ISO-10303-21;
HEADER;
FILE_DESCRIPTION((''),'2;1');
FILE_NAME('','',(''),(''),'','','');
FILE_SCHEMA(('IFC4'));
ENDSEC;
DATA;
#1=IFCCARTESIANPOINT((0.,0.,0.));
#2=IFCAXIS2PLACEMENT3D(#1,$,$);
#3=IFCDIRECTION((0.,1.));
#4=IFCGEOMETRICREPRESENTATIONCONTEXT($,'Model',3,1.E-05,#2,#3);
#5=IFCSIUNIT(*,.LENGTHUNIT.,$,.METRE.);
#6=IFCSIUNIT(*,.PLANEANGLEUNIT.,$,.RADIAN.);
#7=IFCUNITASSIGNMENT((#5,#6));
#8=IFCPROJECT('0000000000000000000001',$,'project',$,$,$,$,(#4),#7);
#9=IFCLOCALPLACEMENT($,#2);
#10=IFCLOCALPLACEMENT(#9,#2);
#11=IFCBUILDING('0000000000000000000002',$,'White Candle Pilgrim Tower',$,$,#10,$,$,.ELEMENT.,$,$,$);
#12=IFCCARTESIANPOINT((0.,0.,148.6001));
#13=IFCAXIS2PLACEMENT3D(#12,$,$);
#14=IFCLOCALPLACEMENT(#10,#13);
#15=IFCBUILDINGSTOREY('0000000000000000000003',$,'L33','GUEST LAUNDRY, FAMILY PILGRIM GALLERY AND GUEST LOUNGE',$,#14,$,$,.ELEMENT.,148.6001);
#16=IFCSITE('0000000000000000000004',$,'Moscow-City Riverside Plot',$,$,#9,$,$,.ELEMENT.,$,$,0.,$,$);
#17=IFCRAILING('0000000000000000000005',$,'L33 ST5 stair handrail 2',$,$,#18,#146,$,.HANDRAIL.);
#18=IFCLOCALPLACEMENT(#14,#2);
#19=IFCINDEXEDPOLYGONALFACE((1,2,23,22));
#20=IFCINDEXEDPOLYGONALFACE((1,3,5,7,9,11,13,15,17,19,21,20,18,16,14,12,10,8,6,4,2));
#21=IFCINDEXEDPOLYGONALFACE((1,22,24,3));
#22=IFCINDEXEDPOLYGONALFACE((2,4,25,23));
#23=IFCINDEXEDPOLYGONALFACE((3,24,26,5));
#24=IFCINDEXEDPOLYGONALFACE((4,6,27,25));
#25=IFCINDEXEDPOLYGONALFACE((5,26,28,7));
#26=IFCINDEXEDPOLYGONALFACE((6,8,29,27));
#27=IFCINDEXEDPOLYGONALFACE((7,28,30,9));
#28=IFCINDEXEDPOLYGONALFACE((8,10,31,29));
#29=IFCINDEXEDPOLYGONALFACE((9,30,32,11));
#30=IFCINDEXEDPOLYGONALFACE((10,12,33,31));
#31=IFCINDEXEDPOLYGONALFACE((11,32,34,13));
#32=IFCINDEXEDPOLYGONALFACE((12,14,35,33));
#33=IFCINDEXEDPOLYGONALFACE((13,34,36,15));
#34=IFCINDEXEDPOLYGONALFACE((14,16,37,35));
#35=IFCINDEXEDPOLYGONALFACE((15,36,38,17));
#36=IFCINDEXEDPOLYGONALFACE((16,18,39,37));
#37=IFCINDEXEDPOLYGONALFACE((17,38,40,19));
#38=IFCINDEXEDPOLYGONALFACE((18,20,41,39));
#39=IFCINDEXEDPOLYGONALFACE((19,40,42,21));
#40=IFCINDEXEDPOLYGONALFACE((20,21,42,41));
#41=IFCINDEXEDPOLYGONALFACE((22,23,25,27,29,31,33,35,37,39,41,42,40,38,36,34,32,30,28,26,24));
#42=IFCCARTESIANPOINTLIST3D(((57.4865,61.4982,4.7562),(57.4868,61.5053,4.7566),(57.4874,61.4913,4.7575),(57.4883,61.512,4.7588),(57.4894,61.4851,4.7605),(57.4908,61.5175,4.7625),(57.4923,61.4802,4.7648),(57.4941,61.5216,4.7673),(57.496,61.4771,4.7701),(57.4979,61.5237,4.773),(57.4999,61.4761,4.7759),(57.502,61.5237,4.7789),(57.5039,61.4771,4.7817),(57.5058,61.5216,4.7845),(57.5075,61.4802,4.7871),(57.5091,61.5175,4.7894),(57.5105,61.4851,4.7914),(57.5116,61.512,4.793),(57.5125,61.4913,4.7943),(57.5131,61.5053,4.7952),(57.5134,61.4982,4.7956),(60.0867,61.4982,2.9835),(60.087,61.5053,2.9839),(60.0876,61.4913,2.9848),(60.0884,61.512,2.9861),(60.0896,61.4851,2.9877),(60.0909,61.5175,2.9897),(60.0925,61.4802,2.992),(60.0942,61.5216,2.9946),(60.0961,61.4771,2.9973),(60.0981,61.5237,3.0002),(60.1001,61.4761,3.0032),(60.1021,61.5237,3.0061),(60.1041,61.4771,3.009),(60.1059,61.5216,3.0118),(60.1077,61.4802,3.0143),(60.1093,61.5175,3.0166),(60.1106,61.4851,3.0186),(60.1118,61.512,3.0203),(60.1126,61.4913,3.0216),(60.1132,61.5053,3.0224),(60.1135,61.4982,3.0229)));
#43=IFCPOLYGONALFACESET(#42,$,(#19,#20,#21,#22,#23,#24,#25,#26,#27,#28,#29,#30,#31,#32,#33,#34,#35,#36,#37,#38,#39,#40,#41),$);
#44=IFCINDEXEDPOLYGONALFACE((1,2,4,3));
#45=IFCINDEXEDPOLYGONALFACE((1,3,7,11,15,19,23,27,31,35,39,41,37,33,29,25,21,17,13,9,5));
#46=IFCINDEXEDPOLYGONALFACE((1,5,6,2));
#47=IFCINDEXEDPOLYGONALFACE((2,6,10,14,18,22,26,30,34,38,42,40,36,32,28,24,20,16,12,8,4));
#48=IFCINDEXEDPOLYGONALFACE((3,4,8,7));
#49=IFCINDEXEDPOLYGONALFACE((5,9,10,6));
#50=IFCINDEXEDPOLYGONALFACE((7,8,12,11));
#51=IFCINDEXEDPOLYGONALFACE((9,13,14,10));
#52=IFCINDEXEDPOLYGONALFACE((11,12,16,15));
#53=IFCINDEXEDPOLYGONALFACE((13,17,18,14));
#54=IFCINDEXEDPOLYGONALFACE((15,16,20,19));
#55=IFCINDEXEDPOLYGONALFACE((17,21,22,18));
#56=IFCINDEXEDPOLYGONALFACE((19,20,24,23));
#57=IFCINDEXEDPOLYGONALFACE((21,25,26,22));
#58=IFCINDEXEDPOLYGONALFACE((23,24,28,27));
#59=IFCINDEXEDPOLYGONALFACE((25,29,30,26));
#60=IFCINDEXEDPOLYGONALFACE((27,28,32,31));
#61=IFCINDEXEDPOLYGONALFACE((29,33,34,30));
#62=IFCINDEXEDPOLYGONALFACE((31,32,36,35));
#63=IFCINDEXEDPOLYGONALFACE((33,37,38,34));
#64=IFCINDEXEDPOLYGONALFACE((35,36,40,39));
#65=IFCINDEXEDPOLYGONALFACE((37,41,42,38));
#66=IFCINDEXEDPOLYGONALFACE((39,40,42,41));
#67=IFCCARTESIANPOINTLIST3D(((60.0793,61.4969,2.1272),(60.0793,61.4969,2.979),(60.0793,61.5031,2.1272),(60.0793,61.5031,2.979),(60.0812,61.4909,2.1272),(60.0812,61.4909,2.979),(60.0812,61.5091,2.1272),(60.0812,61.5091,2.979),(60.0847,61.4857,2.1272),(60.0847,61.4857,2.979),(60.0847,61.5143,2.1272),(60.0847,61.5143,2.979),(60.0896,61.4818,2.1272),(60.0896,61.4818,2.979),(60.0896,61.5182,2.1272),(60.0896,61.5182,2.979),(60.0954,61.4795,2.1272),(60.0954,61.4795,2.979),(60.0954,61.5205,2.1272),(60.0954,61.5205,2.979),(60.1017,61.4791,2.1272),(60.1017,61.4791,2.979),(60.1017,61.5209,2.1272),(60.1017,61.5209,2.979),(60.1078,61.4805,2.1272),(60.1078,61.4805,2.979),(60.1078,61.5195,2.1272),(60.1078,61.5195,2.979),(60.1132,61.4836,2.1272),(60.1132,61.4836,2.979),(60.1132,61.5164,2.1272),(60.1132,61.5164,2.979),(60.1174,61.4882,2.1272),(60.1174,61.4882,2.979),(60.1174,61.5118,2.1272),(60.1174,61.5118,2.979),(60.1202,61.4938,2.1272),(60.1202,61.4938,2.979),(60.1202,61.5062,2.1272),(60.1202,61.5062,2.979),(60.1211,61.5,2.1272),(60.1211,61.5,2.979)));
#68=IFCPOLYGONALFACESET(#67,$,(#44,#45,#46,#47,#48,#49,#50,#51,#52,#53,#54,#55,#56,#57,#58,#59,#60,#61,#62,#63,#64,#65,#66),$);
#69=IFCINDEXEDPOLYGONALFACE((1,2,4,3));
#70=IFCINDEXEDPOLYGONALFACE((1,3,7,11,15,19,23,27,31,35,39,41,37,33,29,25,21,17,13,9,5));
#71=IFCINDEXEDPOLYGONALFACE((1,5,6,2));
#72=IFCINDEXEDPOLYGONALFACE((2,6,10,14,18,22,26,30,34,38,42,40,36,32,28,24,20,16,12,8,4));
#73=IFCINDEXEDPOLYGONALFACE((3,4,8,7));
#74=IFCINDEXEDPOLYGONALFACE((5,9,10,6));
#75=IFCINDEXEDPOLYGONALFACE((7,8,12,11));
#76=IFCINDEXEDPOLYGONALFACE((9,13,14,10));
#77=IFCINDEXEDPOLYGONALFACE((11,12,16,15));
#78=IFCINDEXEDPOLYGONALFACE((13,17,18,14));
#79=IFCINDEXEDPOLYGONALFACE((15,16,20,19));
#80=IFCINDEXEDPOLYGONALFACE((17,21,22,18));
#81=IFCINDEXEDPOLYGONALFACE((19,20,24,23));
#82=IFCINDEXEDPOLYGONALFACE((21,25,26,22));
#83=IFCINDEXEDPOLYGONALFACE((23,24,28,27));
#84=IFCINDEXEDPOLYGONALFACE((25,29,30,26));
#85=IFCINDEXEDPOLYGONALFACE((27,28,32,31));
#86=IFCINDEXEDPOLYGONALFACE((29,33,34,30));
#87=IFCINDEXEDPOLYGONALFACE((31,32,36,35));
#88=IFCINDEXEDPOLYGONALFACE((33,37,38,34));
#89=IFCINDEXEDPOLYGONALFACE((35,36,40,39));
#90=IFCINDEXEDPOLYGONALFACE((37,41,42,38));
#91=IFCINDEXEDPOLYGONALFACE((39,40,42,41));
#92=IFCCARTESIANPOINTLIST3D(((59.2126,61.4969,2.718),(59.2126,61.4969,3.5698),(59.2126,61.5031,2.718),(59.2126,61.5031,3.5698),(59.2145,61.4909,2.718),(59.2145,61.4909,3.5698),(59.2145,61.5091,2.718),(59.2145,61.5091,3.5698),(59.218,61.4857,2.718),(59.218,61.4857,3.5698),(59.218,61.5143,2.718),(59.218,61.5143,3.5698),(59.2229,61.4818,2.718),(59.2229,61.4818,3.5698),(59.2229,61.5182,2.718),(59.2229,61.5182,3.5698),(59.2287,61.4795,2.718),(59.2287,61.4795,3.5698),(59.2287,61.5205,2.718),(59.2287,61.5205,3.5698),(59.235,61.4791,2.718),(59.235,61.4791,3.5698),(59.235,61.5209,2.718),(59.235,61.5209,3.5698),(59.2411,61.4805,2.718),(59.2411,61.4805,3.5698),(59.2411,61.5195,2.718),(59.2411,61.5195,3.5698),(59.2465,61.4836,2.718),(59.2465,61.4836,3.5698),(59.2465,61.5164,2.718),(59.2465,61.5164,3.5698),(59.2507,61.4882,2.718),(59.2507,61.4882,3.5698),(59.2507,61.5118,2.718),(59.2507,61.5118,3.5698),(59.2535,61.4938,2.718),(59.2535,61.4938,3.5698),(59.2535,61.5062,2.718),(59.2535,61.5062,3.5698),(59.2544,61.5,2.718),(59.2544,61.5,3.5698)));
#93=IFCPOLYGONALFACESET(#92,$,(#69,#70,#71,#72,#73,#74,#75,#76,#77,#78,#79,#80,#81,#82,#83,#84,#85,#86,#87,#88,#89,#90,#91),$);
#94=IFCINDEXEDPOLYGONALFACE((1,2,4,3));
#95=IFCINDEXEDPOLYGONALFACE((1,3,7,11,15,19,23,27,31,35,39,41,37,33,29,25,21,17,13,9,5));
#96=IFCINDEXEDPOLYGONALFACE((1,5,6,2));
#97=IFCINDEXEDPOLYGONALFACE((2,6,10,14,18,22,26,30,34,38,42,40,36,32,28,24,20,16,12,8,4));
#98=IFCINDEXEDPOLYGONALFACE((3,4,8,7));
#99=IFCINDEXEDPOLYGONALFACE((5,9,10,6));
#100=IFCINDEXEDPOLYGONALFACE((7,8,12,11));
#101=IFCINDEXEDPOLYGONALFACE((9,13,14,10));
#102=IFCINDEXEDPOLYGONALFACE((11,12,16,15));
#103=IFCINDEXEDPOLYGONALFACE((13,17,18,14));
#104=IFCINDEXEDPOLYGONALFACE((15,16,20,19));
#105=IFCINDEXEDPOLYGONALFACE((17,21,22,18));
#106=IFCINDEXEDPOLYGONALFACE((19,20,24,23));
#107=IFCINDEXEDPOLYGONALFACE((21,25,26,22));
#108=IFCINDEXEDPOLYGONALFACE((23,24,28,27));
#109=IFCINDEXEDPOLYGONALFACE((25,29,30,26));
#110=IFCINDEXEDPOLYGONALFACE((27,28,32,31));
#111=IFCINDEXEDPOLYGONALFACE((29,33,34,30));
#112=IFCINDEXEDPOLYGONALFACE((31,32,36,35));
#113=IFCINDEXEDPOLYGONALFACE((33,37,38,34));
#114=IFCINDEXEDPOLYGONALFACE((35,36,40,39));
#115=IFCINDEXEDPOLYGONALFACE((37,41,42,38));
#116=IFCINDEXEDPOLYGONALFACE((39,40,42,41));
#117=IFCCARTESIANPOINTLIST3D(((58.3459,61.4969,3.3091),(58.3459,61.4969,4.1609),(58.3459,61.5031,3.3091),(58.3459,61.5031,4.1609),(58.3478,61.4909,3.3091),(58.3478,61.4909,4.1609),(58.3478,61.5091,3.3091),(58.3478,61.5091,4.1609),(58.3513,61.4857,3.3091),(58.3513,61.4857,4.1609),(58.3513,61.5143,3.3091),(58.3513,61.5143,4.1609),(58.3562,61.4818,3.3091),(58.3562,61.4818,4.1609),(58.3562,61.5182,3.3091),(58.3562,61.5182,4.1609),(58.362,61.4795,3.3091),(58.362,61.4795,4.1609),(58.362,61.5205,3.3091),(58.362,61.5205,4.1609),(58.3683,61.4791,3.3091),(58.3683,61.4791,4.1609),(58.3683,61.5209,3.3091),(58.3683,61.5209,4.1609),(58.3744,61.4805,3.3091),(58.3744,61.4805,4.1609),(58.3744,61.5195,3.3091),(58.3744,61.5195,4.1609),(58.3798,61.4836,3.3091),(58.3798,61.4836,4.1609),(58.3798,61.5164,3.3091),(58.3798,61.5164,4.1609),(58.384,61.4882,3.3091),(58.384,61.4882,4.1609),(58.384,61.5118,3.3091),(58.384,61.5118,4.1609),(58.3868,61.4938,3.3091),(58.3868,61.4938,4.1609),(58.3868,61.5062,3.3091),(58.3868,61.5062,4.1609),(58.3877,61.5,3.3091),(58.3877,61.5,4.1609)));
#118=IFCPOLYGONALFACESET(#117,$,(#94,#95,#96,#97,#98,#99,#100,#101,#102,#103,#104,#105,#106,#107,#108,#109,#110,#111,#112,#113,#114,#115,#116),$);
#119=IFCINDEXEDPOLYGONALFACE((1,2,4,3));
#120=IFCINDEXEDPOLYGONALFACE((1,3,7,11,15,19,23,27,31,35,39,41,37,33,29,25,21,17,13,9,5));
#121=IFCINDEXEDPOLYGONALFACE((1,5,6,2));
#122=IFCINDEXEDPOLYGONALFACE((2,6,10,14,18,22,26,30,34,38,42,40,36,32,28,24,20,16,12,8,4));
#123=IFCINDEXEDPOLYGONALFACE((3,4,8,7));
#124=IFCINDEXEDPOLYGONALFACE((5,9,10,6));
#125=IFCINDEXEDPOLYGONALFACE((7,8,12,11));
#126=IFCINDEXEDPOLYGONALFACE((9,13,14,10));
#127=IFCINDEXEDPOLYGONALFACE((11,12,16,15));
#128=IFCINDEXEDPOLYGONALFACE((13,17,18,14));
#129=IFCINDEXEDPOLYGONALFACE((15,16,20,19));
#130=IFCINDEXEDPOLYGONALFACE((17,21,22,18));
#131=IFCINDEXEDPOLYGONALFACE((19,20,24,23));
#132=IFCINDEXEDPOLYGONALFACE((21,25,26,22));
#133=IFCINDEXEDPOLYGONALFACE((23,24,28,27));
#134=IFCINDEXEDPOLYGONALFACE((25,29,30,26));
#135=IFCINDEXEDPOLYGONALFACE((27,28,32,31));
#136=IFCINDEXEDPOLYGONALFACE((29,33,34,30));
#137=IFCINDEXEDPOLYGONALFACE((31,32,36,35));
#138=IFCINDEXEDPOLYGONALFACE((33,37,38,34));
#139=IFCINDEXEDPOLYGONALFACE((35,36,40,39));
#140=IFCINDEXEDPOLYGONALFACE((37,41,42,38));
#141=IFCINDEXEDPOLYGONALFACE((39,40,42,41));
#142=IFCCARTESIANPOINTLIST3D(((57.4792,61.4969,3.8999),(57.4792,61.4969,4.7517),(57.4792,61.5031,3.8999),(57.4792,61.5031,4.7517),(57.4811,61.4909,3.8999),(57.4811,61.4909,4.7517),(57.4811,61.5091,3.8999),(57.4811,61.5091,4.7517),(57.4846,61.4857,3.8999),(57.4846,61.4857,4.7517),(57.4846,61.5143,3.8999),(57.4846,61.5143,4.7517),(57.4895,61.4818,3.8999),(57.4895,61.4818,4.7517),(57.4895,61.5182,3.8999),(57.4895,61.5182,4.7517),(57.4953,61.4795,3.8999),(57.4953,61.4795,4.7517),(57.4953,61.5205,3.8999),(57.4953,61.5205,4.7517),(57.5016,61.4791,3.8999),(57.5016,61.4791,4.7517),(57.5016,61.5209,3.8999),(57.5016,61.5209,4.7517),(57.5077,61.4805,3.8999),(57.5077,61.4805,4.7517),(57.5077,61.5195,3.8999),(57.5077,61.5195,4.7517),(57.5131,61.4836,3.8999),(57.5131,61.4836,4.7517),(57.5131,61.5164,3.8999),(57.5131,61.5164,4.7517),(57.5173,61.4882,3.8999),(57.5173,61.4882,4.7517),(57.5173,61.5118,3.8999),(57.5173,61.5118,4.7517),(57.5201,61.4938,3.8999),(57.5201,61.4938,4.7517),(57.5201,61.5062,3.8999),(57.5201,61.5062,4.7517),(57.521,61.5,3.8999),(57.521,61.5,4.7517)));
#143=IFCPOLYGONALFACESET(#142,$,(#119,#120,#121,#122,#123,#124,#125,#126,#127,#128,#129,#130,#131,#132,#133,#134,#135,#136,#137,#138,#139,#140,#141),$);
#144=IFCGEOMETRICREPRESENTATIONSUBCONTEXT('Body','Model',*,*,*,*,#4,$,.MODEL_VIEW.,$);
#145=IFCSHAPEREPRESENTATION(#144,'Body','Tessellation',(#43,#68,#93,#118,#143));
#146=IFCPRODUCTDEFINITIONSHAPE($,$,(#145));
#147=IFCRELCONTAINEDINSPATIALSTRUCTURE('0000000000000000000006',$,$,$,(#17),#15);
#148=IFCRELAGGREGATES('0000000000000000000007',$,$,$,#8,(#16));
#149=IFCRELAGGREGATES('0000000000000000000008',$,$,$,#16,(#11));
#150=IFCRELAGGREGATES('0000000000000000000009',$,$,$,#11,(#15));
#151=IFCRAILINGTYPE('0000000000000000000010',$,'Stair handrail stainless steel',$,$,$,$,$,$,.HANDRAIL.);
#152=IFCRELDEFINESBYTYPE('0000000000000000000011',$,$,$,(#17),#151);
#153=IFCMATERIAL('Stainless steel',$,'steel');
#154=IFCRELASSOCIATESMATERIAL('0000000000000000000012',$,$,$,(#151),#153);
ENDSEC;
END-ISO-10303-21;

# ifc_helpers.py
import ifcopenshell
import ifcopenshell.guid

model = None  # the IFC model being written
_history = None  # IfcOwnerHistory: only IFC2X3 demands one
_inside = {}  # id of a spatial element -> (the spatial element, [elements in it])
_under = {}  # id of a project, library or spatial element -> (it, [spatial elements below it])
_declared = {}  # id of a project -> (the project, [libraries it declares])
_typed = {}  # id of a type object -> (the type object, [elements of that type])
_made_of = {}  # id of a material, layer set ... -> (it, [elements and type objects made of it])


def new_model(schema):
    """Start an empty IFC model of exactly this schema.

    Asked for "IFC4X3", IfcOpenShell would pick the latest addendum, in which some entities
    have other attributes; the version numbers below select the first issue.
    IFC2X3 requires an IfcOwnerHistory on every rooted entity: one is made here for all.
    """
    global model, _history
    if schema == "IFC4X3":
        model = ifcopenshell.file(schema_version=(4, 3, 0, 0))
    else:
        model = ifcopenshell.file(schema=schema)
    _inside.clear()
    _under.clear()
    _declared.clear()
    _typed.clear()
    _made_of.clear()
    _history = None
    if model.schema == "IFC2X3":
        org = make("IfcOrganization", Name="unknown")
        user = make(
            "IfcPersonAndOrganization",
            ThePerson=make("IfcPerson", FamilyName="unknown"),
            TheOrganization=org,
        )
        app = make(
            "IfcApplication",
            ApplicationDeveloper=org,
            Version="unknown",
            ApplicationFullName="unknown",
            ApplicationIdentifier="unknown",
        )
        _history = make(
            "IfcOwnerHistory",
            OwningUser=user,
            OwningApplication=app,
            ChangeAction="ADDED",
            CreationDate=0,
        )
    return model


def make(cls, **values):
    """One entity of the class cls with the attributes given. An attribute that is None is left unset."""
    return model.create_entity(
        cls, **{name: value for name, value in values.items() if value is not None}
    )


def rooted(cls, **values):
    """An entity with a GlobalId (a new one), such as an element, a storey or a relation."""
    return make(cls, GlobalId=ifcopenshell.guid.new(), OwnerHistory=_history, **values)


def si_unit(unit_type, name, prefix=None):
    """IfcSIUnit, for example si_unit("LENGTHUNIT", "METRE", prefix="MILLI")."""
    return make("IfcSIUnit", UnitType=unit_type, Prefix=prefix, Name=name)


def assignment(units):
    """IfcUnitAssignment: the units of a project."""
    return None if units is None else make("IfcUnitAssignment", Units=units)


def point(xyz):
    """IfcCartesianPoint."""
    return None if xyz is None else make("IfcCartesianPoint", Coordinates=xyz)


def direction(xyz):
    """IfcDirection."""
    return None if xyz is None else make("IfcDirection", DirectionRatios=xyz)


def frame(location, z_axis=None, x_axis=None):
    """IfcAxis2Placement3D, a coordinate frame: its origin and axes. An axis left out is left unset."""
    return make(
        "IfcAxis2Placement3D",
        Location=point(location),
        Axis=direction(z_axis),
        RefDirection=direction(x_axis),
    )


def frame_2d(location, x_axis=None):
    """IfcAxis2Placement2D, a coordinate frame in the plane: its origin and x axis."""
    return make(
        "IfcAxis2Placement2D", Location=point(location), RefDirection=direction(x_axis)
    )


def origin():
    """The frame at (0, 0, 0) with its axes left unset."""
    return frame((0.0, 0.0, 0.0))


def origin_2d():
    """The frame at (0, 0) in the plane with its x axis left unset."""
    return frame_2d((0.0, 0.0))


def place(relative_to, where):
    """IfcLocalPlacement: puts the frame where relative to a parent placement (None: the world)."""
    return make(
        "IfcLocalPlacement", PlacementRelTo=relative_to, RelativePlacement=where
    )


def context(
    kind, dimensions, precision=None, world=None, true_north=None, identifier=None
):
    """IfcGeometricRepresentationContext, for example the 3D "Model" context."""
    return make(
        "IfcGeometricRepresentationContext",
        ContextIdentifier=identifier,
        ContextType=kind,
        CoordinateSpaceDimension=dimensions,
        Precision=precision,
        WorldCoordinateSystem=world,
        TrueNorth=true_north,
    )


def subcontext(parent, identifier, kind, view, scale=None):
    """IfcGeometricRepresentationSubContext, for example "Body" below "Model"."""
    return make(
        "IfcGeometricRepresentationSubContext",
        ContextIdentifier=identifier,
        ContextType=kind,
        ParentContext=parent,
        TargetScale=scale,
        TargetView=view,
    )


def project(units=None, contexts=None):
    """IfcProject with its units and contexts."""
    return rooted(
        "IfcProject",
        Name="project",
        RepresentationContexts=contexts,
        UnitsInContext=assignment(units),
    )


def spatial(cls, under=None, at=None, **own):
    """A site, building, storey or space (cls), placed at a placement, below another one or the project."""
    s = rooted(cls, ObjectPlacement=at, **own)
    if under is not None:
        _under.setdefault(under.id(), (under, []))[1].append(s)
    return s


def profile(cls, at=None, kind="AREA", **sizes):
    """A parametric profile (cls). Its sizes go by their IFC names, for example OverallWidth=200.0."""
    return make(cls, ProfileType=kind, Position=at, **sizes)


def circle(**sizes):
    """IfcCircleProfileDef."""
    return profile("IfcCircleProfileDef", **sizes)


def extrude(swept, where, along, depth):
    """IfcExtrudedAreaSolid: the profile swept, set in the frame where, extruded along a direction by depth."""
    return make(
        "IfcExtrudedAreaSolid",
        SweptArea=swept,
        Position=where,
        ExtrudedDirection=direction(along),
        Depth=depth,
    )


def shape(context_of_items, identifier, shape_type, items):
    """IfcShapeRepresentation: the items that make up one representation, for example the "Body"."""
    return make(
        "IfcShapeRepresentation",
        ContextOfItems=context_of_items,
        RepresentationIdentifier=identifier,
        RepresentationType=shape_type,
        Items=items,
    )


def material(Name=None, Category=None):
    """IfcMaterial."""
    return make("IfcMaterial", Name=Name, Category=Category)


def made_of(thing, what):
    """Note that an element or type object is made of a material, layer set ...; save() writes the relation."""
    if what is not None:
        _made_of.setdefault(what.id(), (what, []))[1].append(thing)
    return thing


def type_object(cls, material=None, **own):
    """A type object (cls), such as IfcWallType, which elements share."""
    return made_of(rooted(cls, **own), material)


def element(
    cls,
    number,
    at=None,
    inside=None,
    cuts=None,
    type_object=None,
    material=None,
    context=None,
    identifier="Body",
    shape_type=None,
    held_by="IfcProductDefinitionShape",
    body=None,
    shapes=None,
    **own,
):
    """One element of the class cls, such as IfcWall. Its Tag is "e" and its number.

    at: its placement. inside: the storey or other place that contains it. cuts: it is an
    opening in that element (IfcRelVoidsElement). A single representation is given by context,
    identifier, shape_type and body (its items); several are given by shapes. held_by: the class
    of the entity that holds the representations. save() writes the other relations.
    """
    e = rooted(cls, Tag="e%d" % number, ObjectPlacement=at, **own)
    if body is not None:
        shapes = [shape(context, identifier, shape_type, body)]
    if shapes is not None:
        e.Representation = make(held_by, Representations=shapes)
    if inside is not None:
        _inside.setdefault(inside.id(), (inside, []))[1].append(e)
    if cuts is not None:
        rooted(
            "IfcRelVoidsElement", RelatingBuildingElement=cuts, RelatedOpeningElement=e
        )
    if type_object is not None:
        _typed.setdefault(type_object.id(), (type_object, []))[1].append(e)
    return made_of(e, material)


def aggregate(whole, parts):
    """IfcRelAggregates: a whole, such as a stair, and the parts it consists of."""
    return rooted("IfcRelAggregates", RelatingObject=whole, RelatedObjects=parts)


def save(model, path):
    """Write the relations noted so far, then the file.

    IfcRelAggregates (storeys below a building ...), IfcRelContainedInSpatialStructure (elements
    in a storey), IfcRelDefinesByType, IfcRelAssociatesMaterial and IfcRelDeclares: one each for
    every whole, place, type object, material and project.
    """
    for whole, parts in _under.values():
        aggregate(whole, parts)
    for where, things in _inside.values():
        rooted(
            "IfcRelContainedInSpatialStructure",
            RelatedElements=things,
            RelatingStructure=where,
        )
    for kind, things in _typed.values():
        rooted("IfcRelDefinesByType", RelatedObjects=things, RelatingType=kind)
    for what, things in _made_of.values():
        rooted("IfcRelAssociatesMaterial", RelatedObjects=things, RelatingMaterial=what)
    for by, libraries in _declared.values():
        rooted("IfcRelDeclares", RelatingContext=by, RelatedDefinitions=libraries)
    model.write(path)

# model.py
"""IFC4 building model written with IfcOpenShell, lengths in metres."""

from ifc_helpers import new_model, si_unit, direction, frame, origin, origin_2d, place, context, subcontext, project, spatial, circle, extrude, material, type_object, element, save


model = new_model("IFC4")

# Units and contexts
model_context = context("Model", 3, precision=1e-05, world=origin(), true_north=direction((0.0, 1.0)))
body_context = subcontext(model_context, "Body", "Model", "MODEL_VIEW")
ifc_project = project(units=[si_unit("LENGTHUNIT", "METRE"), si_unit("PLANEANGLEUNIT", "RADIAN")], contexts=[model_context])

# Site, building, storey
site_placement = place(None, origin())
site = spatial("IfcSite", under=ifc_project, at=site_placement, Name="Moscow-City Riverside Plot", CompositionType="ELEMENT", RefElevation=0.0)
building_placement = place(site_placement, origin())
building = spatial("IfcBuilding", under=site, at=building_placement, Name="White Candle Pilgrim Tower", CompositionType="ELEMENT")
storey_placement = place(building_placement, frame((0.0, 0.0, 148.6001)))
storey = spatial("IfcBuildingStorey", under=building, at=storey_placement, Name="L33", Description="GUEST LAUNDRY, FAMILY PILGRIM GALLERY AND GUEST LOUNGE", CompositionType="ELEMENT", Elevation=148.6001)

# Railing
ifc_material_1 = material(Name="Stainless steel", Category="steel")
railing_type_1 = type_object("IfcRailingType", Name="Stair handrail stainless steel", PredefinedType="HANDRAIL", material=ifc_material_1)
railing_1_placement = place(storey_placement, frame((60.1001, 61.5, 2.1272)))
element("IfcRailing", 1, at=railing_1_placement, inside=storey, type_object=railing_type_1, Name="L33 ST5 stair handrail 2", PredefinedType="HANDRAIL", context=body_context, shape_type="SweptSolid", body=[
    extrude(circle(Radius=0.0239, at=origin_2d()), frame((0.0, 0.0, 0.876), z_axis=(-0.82624, 0.0, 0.563318), x_axis=(0.0, -1.0, 0.0)), (0.0, 0.0, 1.0), 3.147),
    extrude(circle(Radius=0.021, at=origin_2d()), origin(), (0.0, 0.0, 1.0), 0.8518),
    extrude(circle(Radius=0.021, at=origin_2d()), frame((-0.8667, 0.0, 0.5908)), (0.0, 0.0, 1.0), 0.8518),
    extrude(circle(Radius=0.021, at=origin_2d()), frame((-1.7334, 0.0, 1.1819)), (0.0, 0.0, 1.0), 0.8518),
    extrude(circle(Radius=0.021, at=origin_2d()), frame((-2.6001, 0.0, 1.7727)), (0.0, 0.0, 1.0), 0.8518),
])

save(model, "model.ifc")
